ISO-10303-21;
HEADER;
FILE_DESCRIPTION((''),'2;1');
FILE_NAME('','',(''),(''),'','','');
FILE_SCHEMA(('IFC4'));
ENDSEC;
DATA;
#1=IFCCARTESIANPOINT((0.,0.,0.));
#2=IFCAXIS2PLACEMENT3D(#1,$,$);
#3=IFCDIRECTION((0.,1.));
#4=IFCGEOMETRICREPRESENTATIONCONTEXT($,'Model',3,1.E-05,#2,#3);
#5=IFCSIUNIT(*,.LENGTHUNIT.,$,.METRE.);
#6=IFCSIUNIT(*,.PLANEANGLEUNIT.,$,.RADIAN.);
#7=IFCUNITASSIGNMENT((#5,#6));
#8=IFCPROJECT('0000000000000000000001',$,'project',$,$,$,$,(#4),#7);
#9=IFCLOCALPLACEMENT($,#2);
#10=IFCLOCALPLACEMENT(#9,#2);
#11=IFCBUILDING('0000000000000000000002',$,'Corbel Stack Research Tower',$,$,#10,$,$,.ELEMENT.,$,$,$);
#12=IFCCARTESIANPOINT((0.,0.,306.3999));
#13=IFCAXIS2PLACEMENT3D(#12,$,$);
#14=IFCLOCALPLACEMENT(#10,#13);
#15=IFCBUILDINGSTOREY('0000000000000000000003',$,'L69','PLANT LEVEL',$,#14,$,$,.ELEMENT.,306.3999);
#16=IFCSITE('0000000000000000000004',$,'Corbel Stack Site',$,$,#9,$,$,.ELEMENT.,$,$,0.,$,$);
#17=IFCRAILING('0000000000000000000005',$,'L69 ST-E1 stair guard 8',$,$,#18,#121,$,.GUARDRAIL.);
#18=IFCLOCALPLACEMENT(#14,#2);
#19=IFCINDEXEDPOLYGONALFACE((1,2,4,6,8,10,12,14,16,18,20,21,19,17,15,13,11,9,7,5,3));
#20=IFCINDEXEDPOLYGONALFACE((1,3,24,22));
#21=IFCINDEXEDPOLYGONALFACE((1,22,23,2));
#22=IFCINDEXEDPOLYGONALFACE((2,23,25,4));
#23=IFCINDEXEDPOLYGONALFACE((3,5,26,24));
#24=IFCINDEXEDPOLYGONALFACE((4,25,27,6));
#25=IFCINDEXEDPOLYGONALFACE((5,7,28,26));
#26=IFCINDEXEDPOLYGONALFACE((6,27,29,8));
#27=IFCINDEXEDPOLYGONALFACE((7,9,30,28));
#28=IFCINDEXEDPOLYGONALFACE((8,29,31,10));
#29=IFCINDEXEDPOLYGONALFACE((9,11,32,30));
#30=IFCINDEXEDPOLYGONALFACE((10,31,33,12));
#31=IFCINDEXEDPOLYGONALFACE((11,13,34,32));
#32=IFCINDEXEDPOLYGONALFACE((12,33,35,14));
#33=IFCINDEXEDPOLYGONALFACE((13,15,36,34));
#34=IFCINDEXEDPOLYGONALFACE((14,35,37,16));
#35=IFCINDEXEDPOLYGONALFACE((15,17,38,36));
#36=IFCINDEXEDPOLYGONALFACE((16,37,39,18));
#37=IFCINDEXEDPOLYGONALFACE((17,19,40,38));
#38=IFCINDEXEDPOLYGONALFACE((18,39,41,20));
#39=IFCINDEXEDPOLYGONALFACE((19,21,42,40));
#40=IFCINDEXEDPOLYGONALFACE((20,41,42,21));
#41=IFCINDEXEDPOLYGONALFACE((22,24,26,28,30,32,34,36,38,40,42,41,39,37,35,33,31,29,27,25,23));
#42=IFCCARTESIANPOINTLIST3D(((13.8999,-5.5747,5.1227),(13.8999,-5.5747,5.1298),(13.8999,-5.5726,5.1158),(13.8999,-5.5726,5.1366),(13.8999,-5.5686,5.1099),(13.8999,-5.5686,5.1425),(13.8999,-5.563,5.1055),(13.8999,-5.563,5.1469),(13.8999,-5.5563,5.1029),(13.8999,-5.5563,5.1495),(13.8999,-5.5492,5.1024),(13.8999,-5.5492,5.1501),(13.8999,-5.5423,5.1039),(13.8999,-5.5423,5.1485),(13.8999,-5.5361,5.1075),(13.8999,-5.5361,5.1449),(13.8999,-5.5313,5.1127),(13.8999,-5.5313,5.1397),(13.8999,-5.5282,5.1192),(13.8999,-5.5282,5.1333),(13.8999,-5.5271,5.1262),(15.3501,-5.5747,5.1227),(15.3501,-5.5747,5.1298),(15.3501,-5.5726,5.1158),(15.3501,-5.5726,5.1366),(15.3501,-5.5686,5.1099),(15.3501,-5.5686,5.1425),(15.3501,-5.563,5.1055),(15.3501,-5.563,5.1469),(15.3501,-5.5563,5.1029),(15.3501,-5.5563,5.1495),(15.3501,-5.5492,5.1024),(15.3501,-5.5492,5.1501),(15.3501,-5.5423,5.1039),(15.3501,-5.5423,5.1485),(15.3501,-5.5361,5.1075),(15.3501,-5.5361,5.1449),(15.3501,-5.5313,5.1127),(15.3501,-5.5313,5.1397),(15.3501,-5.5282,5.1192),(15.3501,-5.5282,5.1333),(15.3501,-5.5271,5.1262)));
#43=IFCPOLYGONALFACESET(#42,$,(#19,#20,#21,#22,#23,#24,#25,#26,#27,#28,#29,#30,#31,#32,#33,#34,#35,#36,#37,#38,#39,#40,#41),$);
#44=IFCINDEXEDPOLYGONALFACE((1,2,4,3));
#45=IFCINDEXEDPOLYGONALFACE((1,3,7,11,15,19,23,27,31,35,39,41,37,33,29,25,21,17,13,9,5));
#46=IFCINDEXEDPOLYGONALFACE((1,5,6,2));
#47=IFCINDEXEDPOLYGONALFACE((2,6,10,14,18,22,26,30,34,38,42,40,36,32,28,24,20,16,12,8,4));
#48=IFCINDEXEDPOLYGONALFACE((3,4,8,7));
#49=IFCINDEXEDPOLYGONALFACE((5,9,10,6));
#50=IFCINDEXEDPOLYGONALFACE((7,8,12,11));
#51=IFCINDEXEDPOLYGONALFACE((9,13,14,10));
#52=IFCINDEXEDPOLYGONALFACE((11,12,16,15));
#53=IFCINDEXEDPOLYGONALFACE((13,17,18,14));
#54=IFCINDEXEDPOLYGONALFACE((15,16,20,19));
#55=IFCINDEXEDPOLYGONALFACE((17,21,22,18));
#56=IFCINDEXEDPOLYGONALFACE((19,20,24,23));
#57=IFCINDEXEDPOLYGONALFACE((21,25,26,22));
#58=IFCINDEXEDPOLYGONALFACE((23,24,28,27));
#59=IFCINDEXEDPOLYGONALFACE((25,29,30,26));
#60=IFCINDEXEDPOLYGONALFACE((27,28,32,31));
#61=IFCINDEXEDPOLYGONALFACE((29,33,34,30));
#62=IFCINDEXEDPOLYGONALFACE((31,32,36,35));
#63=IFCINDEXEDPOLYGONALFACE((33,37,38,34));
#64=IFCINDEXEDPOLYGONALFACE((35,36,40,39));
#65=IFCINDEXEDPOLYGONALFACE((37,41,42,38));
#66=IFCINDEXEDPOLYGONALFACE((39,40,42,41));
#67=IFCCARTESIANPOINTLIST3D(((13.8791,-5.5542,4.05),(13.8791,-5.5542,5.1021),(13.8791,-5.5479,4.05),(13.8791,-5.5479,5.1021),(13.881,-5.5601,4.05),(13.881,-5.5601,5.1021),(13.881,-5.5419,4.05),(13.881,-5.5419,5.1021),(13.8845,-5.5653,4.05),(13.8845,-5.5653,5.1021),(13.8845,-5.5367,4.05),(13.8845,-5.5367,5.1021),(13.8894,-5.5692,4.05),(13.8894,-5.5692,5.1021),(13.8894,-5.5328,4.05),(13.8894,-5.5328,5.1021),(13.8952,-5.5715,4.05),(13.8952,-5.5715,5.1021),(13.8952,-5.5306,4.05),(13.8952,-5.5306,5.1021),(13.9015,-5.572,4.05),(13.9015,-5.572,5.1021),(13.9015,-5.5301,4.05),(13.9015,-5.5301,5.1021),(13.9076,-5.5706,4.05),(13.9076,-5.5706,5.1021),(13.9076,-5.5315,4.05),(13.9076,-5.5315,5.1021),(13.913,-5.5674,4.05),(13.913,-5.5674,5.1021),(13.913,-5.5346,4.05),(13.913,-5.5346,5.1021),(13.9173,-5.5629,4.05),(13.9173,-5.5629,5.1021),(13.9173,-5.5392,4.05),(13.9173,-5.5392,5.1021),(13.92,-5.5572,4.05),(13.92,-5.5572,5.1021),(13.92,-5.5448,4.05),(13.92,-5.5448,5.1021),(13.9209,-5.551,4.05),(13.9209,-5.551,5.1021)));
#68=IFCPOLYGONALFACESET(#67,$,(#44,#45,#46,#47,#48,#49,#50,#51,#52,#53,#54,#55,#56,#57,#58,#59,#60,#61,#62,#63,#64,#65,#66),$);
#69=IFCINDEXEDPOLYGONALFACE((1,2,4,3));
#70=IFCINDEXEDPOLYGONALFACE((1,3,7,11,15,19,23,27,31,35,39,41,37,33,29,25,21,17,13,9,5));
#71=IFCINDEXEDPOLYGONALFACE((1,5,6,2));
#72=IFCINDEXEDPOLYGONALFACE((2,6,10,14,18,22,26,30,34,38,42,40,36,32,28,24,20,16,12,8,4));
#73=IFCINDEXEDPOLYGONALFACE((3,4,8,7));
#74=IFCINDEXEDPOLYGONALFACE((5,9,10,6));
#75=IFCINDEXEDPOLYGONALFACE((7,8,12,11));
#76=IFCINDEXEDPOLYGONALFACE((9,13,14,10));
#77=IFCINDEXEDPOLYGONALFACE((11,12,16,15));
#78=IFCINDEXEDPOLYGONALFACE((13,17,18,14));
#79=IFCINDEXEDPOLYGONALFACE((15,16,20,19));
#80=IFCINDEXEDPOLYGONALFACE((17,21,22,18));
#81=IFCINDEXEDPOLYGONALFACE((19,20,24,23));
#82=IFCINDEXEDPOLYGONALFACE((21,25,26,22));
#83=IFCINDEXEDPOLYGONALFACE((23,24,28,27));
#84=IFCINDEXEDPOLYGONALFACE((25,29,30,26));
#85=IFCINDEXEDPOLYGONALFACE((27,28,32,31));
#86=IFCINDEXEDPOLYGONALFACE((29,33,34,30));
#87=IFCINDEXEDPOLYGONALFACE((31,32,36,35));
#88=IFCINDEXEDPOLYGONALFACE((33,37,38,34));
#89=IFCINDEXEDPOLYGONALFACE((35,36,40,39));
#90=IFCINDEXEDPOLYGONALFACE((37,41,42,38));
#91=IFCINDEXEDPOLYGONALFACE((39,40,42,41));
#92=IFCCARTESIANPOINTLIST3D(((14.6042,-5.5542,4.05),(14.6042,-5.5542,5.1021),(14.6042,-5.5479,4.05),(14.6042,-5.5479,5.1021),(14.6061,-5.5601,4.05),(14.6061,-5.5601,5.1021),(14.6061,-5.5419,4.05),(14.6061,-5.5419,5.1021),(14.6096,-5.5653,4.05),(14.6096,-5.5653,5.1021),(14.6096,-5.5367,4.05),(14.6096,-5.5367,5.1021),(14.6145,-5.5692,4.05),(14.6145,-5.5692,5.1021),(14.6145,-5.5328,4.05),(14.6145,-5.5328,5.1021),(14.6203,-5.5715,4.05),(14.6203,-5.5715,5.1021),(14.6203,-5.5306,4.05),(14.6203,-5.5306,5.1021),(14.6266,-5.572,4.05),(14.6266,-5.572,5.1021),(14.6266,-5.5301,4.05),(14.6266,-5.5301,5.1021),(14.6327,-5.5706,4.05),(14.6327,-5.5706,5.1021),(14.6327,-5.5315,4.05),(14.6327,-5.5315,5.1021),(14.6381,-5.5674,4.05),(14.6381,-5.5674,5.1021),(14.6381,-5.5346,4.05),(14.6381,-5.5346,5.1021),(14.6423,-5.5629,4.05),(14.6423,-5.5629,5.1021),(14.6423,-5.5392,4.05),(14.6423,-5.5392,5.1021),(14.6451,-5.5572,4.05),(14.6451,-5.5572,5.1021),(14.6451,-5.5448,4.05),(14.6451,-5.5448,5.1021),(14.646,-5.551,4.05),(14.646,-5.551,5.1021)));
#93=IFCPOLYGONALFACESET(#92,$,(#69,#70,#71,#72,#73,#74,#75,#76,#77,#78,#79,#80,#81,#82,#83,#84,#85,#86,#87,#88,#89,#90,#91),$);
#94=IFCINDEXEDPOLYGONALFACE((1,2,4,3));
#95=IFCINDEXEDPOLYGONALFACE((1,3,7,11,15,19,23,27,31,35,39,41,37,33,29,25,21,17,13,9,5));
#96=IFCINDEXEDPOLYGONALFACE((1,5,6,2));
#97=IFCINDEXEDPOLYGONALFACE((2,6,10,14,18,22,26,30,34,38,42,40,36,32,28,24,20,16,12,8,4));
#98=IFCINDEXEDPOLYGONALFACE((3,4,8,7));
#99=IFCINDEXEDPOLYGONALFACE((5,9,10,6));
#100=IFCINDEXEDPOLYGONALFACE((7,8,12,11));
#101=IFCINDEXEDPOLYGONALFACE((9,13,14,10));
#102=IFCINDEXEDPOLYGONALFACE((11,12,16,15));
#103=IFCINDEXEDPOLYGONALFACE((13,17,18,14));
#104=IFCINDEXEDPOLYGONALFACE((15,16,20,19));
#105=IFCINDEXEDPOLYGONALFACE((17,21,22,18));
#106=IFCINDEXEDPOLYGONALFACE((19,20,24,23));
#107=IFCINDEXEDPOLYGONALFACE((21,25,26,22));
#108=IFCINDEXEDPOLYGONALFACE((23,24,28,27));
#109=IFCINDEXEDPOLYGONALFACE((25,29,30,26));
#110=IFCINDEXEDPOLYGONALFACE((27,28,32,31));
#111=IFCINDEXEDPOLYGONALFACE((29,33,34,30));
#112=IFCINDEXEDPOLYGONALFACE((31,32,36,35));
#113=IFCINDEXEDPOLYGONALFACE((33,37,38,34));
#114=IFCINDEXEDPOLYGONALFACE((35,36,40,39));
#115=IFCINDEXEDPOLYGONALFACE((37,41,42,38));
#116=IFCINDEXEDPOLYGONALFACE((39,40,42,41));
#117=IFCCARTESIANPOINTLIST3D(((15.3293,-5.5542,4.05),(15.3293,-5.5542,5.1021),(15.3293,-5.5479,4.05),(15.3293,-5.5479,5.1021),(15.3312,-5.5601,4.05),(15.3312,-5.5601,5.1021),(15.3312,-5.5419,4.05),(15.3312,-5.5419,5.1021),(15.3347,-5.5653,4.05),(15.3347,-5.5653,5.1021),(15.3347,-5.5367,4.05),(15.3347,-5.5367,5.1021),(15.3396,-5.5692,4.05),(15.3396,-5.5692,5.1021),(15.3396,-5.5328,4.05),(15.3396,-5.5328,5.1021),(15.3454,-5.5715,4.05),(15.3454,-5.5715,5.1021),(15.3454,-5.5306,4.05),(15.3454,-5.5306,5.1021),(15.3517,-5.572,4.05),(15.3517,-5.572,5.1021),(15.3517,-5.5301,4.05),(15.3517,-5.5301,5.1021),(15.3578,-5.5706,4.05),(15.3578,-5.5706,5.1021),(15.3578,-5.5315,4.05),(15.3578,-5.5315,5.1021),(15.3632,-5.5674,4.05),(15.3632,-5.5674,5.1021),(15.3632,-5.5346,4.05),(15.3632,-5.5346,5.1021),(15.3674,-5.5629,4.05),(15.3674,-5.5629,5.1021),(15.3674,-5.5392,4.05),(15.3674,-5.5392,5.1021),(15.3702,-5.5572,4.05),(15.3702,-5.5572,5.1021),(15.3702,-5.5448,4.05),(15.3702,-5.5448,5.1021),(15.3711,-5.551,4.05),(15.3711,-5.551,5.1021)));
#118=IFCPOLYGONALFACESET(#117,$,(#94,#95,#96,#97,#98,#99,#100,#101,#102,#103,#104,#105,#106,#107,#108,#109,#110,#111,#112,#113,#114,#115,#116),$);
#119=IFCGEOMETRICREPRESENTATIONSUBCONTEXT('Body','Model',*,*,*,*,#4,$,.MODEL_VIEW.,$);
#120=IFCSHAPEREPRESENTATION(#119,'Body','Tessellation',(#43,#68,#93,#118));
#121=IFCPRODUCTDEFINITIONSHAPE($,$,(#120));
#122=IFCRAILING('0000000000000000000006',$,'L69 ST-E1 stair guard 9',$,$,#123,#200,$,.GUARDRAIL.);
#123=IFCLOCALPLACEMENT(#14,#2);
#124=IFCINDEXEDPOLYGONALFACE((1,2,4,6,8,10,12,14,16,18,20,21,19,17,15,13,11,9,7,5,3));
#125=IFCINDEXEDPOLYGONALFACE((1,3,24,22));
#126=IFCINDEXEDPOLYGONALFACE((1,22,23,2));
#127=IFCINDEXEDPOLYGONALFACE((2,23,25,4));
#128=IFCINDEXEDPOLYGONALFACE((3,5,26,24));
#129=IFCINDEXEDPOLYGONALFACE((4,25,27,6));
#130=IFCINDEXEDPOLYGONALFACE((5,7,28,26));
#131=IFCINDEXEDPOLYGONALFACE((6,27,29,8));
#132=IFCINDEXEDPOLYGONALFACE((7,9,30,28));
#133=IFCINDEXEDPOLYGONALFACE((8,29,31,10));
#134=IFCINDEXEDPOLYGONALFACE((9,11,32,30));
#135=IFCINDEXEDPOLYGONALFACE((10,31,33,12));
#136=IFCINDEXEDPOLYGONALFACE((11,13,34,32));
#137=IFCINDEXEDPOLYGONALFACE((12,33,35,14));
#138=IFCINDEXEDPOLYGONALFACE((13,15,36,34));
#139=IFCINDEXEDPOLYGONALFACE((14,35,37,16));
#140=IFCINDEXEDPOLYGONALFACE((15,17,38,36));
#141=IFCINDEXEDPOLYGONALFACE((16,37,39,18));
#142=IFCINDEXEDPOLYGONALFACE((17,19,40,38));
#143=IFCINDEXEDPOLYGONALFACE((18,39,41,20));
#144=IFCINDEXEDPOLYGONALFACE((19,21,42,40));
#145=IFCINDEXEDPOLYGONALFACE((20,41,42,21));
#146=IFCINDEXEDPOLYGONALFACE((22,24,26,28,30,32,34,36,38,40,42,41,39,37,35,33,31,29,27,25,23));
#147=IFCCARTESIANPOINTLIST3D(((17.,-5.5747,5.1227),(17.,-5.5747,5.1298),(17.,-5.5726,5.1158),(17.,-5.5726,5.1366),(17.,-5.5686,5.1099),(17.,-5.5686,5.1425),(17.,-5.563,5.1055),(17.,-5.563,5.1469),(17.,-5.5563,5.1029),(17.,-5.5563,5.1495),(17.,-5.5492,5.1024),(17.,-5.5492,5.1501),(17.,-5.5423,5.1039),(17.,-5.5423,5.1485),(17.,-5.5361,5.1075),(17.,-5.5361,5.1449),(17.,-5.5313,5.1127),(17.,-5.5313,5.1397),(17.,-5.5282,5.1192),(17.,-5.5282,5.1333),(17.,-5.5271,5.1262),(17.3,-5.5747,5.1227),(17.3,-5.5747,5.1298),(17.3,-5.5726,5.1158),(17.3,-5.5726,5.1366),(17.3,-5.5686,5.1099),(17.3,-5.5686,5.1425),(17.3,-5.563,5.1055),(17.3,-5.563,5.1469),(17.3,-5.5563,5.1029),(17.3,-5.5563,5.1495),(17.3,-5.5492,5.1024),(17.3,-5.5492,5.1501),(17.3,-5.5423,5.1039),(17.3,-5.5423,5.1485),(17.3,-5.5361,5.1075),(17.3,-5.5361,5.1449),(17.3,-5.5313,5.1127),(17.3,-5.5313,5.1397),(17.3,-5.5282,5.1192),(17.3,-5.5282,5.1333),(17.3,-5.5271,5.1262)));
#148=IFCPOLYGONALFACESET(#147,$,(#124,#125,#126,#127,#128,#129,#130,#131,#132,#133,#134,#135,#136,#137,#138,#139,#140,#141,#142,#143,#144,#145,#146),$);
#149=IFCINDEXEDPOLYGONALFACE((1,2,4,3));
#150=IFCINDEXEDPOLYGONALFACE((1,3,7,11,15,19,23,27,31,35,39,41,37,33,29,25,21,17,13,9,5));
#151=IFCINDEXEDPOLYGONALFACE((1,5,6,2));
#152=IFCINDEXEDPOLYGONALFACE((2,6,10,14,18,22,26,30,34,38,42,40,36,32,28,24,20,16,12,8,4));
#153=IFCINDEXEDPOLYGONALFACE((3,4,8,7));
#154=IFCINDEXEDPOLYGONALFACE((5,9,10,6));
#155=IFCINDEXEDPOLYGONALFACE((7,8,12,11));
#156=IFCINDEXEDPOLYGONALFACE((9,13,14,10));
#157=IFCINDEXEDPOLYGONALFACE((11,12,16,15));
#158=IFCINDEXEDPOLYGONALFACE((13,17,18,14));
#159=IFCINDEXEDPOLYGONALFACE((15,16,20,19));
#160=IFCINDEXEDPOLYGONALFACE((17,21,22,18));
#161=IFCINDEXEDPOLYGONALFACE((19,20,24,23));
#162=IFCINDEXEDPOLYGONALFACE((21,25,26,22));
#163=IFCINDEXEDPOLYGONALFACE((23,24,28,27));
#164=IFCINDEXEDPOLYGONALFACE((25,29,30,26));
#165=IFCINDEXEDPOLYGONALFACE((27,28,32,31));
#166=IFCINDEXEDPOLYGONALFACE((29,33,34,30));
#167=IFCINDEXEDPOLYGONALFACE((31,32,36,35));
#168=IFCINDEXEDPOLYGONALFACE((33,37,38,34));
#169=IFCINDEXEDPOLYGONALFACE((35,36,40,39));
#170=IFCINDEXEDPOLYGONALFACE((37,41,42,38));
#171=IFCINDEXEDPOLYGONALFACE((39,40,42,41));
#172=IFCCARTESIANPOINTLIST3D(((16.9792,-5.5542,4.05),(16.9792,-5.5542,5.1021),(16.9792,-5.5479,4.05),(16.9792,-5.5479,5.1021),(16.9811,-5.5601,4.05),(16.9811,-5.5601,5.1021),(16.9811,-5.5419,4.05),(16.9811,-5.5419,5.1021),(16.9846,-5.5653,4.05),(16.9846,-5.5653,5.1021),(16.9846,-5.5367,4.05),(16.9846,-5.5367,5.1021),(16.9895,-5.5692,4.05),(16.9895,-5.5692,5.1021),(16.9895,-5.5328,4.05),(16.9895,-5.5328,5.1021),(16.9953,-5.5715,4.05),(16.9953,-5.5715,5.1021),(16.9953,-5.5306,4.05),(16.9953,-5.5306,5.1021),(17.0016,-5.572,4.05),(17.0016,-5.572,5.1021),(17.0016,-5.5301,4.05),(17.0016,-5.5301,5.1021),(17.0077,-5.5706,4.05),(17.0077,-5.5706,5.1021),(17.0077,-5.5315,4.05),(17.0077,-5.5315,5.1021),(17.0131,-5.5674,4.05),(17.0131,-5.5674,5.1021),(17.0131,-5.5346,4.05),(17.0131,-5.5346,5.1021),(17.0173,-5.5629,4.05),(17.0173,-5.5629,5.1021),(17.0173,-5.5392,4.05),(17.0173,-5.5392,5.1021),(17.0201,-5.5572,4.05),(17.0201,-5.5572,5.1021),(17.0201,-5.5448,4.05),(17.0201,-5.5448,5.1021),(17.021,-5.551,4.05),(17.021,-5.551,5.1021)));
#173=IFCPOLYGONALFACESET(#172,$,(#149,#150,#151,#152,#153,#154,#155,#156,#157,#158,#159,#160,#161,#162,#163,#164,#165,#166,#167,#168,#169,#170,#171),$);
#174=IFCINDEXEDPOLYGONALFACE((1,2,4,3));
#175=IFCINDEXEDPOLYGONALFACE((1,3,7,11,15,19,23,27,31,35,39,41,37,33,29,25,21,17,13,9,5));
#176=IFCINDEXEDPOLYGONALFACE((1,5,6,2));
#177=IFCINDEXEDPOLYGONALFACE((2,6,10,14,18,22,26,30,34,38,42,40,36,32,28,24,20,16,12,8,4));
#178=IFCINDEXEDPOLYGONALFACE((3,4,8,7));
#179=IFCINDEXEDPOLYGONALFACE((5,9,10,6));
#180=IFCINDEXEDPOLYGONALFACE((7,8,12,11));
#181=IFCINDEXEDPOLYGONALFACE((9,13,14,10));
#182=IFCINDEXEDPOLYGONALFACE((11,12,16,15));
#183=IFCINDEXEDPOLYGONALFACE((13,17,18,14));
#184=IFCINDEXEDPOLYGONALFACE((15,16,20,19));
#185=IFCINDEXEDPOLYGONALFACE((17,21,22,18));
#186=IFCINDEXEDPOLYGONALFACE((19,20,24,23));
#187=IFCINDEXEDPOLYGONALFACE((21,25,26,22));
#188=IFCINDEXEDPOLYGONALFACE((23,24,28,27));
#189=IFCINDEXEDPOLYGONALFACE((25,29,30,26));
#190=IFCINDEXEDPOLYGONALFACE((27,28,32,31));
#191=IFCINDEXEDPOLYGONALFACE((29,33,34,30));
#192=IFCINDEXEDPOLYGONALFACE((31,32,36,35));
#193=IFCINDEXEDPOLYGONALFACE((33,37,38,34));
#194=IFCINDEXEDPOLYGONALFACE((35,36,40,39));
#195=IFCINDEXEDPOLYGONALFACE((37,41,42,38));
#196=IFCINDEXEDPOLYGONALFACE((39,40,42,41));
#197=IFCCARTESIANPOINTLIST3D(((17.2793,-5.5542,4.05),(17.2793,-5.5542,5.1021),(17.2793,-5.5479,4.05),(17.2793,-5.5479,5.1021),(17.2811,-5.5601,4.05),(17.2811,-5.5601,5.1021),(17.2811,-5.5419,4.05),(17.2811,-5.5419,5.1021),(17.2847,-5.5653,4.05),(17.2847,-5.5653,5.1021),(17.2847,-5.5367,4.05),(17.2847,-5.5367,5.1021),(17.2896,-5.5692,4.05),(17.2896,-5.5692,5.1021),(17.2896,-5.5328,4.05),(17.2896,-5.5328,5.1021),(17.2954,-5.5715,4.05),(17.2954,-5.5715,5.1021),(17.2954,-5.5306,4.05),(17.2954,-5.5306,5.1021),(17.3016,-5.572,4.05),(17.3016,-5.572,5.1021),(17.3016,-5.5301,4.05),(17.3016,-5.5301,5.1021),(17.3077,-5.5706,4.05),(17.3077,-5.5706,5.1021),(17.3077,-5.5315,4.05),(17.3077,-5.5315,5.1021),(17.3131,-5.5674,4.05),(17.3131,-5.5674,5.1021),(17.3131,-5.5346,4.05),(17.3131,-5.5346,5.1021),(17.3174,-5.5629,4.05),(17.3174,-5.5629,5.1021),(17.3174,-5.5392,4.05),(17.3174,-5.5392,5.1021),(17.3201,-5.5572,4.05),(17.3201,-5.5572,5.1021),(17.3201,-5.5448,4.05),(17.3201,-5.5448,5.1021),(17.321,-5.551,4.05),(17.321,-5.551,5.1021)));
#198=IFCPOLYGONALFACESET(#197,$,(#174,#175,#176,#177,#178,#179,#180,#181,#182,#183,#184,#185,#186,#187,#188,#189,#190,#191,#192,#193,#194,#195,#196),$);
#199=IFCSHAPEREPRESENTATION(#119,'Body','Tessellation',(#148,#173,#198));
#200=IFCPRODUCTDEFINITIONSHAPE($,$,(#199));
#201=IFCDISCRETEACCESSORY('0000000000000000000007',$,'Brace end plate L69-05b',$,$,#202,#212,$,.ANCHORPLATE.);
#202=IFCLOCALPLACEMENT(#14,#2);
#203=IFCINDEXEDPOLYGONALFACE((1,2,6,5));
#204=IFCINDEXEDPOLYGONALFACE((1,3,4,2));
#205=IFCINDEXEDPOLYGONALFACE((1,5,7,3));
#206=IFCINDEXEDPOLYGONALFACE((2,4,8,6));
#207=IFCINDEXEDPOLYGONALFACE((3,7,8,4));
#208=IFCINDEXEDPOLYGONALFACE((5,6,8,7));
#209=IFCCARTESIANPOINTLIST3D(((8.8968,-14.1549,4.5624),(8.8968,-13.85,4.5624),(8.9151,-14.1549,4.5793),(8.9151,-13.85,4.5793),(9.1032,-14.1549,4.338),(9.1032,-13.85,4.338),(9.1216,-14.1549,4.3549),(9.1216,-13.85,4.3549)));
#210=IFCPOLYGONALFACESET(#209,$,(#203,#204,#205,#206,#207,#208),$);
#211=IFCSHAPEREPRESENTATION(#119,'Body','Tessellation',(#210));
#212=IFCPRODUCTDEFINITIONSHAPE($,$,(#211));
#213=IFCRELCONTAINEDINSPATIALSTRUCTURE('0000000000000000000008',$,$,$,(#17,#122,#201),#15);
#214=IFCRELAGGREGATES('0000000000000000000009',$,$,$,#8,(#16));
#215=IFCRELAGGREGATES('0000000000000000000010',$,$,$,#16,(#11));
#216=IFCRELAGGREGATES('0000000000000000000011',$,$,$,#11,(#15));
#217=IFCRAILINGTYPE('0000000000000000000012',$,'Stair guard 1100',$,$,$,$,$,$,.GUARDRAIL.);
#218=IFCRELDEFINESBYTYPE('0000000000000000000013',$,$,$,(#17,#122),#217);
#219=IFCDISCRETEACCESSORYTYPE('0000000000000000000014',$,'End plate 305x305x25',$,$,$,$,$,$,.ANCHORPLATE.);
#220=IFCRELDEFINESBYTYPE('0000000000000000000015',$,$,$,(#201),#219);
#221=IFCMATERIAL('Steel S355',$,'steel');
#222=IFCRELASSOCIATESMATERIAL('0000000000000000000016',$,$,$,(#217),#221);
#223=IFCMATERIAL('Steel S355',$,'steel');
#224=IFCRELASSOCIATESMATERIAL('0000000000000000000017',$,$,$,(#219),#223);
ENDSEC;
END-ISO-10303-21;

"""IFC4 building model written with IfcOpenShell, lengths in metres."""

from ifc_helpers import new_model, si_unit, direction, frame, origin, origin_2d, place, context, subcontext, project, spatial, rectangle, circle, extrude, material, material_profile, profile_set, type_object, element, save


model = new_model("IFC4")

# Units and contexts
model_context = context("Model", 3, precision=1e-05, world=origin(), true_north=direction((0.0, 1.0)))
body_context = subcontext(model_context, "Body", "Model", "MODEL_VIEW")
ifc_project = project(units=[si_unit("LENGTHUNIT", "METRE"), si_unit("PLANEANGLEUNIT", "RADIAN")], contexts=[model_context])

# Site, building, storey
site_placement = place(None, origin())
site = spatial("IfcSite", under=ifc_project, at=site_placement, Name="Corbel Stack Site", CompositionType="ELEMENT", RefElevation=0.0)
building_placement = place(site_placement, origin())
building = spatial("IfcBuilding", under=site, at=building_placement, Name="Corbel Stack Research Tower", CompositionType="ELEMENT")
storey_placement = place(building_placement, frame((0.0, 0.0, 306.3999)))
storey = spatial("IfcBuildingStorey", under=building, at=storey_placement, Name="L69", Description="PLANT LEVEL", CompositionType="ELEMENT", Elevation=306.3999)

# Railings
ifc_material_1 = material(Name="Steel S355", Category="steel")
railing_type = type_object("IfcRailingType", Name="Stair guard 1100", PredefinedType="GUARDRAIL", material=ifc_material_1)
railing_1_placement = place(storey_placement, frame((13.8999, -5.551, 4.05)))
element("IfcRailing", 1, at=railing_1_placement, inside=storey, type_object=railing_type, Name="L69 ST-E1 stair guard 8", PredefinedType="GUARDRAIL", context=body_context, shape_type="SweptSolid", body=[
    extrude(circle(Radius=0.0239, at=origin_2d()), frame((0.0, 0.0, 1.0762), z_axis=(1.0, 0.0, 0.0), x_axis=(0.0, 1.0, 0.0)), (0.0, 0.0, 1.0), 1.4502),
    extrude(circle(Radius=0.021, at=origin_2d()), origin(), (0.0, 0.0, 1.0), 1.052),
    extrude(circle(Radius=0.021, at=origin_2d()), frame((0.7251, 0.0, 0.0)), (0.0, 0.0, 1.0), 1.052),
    extrude(circle(Radius=0.021, at=origin_2d()), frame((1.4502, 0.0, 0.0)), (0.0, 0.0, 1.0), 1.052),
])
railing_2_placement = place(storey_placement, frame((17.0, -5.551, 4.05)))
element("IfcRailing", 2, at=railing_2_placement, inside=storey, type_object=railing_type, Name="L69 ST-E1 stair guard 9", PredefinedType="GUARDRAIL", context=body_context, shape_type="SweptSolid", body=[
    extrude(circle(Radius=0.0239, at=origin_2d()), frame((0.0, 0.0, 1.0762), z_axis=(1.0, 0.0, 0.0), x_axis=(0.0, 1.0, 0.0)), (0.0, 0.0, 1.0), 0.3),
    extrude(circle(Radius=0.021, at=origin_2d()), origin(), (0.0, 0.0, 1.0), 1.052),
    extrude(circle(Radius=0.021, at=origin_2d()), frame((0.3, 0.0, 0.0)), (0.0, 0.0, 1.0), 1.052),
])

# Discrete accessory
ifc_material_2 = material(Name="Steel S355", Category="steel")
ifc_material_profile_1 = material_profile(ifc_material_2, rectangle(XDim=0.3049, YDim=0.3049, at=origin_2d()), Name="End plate 305x305x25")
ifc_profile_set_1 = profile_set([ifc_material_profile_1], Name="Steel S355")
discrete_accessory_type = type_object("IfcDiscreteAccessoryType", Name="End plate 305x305x25", PredefinedType="ANCHORPLATE", material=ifc_profile_set_1)
for number, where, z_axis, x_axis, name in (
    (3, (9.0, -14.0024, 4.4502), (0.735931, 0.0, 0.677057), (0.0, 1.0, 0.0), "Brace end plate L69-05b"),
):
    element("IfcDiscreteAccessory", number, at=place(storey_placement, frame(where, z_axis=z_axis, x_axis=x_axis)), inside=storey, type_object=discrete_accessory_type, Name=name, PredefinedType="ANCHORPLATE", context=body_context, shape_type="SweptSolid", body=[
        extrude(rectangle(XDim=0.3049, YDim=0.3049, at=origin_2d()), origin(), (0.0, 0.0, 1.0), 0.0249),
    ])

save(model, "model.ifc")
